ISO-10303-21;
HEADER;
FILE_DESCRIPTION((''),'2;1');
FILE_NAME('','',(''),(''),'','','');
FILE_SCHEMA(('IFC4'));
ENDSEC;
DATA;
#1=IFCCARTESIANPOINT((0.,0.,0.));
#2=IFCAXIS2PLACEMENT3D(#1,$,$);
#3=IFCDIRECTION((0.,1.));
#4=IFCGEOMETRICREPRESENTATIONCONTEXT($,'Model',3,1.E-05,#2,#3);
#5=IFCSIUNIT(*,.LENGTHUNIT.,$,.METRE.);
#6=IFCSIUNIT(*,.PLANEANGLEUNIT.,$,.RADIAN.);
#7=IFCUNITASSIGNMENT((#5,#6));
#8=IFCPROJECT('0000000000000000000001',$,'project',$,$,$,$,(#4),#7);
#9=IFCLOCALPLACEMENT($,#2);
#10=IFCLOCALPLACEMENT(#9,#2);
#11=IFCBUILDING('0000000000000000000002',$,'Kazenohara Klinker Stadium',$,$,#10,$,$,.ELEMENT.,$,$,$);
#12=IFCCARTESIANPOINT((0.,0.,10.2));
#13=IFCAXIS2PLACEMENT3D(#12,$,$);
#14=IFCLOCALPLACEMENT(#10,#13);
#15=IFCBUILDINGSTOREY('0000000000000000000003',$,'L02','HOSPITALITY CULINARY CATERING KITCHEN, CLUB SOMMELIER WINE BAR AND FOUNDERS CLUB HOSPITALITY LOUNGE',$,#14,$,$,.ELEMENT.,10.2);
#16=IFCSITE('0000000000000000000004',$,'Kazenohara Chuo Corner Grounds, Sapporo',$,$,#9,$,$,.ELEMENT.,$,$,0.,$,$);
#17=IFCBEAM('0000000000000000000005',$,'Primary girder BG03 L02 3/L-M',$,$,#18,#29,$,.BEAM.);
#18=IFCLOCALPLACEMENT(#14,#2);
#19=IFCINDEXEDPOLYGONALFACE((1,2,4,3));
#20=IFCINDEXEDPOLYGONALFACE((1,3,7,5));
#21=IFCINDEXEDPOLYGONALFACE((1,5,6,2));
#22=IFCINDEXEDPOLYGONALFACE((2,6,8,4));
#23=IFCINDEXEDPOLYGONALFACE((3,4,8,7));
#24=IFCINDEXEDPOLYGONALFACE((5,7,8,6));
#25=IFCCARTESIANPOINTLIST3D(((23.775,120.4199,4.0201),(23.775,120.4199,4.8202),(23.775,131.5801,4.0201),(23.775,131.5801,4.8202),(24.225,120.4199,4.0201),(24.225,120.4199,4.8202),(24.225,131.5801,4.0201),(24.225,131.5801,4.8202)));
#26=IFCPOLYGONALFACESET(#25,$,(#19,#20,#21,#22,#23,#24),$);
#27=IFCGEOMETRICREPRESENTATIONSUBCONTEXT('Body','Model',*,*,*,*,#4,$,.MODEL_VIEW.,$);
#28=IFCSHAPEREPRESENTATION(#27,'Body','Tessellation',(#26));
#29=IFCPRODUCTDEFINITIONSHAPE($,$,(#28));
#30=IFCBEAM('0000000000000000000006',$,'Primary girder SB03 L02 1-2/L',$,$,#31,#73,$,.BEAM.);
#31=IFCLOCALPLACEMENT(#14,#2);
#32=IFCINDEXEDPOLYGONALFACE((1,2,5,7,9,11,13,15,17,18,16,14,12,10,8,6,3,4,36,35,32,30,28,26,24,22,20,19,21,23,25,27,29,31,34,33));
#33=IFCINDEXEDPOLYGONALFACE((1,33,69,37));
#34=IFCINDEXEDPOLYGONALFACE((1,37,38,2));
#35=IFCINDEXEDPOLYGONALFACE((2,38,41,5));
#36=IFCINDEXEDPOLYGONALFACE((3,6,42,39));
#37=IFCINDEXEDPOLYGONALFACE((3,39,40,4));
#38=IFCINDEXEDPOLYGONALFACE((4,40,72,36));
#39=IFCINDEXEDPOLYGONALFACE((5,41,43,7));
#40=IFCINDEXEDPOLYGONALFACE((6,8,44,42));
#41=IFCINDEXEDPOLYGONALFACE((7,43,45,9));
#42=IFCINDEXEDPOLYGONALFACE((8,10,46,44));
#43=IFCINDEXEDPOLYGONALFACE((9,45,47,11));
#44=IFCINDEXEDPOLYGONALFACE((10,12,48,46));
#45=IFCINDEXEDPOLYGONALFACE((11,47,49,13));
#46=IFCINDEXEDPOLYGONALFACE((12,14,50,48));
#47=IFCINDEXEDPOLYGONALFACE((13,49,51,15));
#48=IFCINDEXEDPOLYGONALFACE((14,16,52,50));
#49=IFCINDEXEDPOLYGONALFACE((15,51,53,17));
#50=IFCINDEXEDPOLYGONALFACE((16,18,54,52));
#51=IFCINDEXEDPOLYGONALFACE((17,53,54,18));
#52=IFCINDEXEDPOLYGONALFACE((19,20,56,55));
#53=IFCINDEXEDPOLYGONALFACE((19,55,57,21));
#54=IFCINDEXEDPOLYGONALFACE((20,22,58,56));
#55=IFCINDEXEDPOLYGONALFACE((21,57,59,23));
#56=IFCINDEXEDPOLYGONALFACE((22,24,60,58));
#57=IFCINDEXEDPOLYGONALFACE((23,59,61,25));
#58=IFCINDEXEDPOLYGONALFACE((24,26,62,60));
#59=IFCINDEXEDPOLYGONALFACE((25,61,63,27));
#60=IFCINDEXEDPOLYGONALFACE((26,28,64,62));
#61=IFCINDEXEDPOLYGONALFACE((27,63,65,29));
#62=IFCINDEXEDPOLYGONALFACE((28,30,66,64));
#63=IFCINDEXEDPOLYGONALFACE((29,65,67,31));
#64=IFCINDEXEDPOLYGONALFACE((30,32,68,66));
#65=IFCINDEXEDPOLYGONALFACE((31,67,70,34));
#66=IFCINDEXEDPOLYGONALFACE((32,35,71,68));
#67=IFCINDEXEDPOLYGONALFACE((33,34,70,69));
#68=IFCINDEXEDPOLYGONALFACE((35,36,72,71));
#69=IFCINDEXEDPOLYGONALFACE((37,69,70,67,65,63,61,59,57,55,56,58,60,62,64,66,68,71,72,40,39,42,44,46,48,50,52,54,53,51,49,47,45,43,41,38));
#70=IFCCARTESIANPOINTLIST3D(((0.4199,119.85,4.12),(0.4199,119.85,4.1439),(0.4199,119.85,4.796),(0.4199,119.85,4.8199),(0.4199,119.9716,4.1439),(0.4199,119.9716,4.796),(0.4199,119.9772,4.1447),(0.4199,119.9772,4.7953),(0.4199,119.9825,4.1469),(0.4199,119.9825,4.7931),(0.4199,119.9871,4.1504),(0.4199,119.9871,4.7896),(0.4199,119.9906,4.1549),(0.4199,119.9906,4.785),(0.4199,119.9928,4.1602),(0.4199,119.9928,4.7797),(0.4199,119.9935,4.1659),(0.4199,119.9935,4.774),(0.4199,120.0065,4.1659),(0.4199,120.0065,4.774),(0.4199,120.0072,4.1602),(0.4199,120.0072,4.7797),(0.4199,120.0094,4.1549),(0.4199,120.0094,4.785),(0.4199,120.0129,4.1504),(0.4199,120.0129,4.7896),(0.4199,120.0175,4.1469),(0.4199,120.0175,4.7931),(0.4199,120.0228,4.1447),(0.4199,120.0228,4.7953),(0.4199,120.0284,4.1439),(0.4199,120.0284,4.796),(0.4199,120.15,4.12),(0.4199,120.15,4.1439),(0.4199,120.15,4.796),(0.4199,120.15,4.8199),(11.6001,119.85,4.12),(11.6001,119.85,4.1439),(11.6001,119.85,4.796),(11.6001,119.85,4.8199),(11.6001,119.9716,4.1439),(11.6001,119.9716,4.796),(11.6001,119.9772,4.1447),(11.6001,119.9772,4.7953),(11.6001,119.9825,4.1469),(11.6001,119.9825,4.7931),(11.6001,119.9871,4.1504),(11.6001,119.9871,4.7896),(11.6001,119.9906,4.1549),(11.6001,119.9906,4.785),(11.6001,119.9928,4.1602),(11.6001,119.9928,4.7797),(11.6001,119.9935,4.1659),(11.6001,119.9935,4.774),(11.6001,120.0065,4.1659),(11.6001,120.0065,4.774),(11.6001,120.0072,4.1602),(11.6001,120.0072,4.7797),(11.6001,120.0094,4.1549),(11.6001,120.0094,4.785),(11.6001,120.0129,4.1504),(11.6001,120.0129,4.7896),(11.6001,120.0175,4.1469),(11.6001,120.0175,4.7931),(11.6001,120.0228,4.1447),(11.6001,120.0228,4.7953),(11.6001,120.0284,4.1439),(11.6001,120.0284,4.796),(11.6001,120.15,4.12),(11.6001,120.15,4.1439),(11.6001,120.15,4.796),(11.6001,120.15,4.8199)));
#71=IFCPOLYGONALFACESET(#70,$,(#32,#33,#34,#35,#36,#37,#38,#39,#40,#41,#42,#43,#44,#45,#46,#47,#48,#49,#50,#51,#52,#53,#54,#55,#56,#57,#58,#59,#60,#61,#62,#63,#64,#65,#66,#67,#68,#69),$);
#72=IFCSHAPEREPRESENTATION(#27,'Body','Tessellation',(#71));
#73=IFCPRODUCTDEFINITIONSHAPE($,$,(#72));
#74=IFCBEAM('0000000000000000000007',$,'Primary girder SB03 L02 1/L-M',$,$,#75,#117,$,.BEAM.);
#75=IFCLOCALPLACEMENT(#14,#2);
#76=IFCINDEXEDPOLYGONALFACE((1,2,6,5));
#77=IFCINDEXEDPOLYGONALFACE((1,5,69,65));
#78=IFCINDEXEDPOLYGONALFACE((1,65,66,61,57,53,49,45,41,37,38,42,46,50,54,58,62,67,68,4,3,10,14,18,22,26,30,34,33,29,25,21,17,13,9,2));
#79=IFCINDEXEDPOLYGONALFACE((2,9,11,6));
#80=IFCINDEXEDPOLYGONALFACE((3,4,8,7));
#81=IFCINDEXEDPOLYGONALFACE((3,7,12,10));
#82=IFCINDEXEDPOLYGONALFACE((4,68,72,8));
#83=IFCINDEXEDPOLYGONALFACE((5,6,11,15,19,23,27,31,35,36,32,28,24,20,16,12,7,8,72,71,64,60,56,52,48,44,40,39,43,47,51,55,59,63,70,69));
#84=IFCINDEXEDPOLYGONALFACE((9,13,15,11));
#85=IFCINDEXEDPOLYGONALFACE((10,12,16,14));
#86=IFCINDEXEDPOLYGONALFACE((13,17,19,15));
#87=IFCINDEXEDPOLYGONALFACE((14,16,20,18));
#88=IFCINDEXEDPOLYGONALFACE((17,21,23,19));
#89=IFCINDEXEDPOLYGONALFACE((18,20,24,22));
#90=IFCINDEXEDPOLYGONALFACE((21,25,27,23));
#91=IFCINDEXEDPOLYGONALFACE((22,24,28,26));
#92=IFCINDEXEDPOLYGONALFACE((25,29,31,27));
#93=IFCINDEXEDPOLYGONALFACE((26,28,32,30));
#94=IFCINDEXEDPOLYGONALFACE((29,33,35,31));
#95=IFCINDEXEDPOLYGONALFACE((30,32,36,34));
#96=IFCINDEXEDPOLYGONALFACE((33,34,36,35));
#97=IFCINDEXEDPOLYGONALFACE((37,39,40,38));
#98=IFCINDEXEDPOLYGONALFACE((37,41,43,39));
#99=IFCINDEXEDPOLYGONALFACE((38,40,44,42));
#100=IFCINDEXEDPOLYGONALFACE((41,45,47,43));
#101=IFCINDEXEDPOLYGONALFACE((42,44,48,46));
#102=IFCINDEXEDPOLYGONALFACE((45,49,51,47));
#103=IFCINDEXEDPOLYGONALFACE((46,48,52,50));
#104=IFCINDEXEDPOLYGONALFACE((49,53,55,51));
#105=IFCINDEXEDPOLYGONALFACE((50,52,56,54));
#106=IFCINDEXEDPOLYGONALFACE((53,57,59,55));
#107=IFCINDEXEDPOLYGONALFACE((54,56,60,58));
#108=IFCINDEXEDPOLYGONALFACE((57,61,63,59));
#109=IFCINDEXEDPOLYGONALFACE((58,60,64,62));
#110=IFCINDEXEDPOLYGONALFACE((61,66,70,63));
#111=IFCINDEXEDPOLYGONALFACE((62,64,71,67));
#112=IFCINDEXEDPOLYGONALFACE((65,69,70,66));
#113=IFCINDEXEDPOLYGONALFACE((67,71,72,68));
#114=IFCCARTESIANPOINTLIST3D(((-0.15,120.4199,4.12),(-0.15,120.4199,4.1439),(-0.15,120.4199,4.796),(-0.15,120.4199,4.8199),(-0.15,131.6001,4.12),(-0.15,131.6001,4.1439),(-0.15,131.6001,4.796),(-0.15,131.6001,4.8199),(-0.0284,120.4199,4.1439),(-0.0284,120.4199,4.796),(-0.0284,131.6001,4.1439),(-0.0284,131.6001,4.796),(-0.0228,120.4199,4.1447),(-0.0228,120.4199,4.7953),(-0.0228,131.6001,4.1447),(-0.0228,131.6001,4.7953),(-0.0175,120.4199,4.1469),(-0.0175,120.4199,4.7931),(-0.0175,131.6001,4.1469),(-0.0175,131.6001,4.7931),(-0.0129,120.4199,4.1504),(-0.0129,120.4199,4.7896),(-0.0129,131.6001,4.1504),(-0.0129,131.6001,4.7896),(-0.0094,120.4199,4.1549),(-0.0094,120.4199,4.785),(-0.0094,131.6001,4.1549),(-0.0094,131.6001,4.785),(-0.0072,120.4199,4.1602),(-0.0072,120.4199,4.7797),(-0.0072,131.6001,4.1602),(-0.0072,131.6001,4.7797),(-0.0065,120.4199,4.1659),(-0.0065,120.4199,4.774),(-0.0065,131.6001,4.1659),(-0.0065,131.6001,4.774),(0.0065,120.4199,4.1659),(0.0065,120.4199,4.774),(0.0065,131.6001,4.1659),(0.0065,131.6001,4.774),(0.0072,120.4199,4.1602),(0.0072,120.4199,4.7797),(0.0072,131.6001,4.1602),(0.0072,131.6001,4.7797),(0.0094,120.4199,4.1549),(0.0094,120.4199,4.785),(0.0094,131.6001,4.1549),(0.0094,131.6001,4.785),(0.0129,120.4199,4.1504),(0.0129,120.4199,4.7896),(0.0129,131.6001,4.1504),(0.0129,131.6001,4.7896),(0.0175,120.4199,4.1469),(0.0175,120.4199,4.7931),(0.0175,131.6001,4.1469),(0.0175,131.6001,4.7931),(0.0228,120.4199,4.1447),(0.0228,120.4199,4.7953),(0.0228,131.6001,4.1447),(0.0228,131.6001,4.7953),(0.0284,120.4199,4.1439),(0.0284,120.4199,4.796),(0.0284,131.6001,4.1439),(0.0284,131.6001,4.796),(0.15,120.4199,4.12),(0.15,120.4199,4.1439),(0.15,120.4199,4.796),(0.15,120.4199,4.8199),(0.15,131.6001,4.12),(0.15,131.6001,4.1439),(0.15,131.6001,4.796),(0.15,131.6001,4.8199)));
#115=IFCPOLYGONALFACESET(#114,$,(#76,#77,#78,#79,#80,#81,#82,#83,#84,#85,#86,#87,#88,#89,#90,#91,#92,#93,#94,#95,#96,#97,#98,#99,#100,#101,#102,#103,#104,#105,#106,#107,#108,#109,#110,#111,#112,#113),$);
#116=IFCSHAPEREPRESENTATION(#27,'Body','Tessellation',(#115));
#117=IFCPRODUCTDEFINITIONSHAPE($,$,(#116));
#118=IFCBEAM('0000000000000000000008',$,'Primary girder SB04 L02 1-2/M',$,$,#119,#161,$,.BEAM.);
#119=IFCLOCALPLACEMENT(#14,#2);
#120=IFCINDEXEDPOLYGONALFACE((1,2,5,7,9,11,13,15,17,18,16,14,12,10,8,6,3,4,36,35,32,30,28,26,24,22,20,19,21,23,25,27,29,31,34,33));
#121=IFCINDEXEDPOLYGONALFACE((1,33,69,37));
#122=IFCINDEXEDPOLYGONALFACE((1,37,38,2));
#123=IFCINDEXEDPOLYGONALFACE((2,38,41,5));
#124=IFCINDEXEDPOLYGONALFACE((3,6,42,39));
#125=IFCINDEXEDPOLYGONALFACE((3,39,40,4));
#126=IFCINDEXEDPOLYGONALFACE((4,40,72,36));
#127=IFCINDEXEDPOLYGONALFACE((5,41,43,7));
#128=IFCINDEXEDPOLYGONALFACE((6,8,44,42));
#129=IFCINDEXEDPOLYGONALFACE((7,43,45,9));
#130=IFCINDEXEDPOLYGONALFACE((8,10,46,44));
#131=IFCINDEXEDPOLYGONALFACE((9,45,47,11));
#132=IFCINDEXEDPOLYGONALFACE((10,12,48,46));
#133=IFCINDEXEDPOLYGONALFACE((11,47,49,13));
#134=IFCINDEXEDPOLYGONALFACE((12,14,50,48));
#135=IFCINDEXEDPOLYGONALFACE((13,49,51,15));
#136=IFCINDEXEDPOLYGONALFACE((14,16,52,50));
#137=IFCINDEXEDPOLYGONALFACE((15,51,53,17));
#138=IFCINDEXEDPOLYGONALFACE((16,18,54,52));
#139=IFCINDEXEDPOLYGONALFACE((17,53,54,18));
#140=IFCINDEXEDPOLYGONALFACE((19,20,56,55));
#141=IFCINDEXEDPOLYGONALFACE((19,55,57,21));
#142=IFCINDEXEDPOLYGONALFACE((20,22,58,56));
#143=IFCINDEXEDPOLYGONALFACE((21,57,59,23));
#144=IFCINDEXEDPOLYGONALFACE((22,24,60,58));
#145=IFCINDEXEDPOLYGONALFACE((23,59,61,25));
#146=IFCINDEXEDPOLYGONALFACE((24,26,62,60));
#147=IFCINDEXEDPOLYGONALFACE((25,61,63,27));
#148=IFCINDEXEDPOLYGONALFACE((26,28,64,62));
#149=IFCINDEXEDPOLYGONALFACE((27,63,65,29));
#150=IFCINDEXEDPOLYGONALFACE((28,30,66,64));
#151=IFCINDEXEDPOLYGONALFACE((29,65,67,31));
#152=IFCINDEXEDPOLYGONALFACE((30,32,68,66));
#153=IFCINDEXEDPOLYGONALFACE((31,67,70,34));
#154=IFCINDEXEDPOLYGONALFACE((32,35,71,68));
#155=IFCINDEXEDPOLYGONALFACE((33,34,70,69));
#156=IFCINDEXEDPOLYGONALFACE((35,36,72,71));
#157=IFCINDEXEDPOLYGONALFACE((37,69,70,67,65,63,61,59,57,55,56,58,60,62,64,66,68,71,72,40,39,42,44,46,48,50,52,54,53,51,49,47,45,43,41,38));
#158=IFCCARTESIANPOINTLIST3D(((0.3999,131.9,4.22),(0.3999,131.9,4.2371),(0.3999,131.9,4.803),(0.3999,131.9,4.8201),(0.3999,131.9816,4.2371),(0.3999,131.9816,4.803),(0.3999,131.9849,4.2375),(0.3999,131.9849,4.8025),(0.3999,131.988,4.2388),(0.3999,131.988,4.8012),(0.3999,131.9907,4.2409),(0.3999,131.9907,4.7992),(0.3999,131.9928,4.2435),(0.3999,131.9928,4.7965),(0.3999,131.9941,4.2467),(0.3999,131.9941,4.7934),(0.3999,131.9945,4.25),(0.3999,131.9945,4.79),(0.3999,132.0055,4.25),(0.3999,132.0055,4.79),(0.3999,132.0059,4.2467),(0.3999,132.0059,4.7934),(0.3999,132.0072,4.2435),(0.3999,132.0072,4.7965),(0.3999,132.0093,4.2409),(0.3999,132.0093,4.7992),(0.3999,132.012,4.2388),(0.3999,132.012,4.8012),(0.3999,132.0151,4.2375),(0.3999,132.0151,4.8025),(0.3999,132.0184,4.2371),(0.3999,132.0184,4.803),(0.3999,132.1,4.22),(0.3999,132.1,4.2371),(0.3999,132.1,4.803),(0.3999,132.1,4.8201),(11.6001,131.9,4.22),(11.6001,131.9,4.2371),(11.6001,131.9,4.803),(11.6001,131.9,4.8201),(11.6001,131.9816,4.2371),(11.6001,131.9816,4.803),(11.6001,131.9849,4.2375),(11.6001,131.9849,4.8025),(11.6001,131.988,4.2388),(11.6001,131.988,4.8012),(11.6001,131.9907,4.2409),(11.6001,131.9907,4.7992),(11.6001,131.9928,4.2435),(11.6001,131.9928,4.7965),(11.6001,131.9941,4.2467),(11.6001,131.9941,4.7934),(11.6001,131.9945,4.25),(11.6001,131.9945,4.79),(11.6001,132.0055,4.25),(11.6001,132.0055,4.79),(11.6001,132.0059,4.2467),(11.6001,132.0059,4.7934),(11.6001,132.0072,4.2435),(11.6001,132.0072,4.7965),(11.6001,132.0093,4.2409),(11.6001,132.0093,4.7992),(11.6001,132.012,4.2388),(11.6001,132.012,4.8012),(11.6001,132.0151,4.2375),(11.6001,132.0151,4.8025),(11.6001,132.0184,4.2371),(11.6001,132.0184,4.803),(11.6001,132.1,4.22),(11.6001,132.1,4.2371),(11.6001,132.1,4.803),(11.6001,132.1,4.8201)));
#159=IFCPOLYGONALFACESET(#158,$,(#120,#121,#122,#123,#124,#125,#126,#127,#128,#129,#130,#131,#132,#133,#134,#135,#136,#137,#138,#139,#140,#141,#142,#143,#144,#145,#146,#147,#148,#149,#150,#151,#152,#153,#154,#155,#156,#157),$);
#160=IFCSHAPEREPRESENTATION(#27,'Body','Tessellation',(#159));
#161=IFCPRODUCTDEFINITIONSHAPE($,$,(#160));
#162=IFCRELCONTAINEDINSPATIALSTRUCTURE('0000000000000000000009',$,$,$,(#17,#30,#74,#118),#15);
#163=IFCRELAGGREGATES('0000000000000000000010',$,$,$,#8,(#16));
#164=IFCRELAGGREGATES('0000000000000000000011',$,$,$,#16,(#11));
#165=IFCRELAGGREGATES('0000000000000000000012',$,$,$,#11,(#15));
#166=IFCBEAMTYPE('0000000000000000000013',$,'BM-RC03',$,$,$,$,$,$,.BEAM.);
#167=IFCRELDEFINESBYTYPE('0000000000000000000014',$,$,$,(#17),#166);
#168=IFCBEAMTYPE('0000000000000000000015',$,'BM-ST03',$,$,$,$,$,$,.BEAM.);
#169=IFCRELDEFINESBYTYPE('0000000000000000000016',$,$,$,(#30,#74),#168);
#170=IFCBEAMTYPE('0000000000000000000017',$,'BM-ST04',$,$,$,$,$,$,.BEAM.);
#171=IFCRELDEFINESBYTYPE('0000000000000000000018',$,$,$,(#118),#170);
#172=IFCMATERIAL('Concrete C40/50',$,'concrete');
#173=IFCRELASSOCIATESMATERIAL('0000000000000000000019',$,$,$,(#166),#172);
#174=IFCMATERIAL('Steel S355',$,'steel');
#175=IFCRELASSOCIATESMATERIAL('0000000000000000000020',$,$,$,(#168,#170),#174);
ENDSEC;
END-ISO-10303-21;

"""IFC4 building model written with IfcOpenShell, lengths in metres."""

from ifc_helpers import new_model, si_unit, direction, frame, origin, origin_2d, place, context, subcontext, project, spatial, rectangle, i_section, extrude, material, material_profile, profile_set, type_object, element, save


model = new_model("IFC4")

# Units and contexts
model_context = context("Model", 3, precision=1e-05, world=origin(), true_north=direction((0.0, 1.0)))
body_context = subcontext(model_context, "Body", "Model", "MODEL_VIEW")
ifc_project = project(units=[si_unit("LENGTHUNIT", "METRE"), si_unit("PLANEANGLEUNIT", "RADIAN")], contexts=[model_context])

# Site, building, storey
site_placement = place(None, origin())
site = spatial("IfcSite", under=ifc_project, at=site_placement, Name="Kazenohara Chuo Corner Grounds, Sapporo", CompositionType="ELEMENT", RefElevation=0.0)
building_placement = place(site_placement, origin())
building = spatial("IfcBuilding", under=site, at=building_placement, Name="Kazenohara Klinker Stadium", CompositionType="ELEMENT")
storey_placement = place(building_placement, frame((0.0, 0.0, 10.2)))
storey = spatial("IfcBuildingStorey", under=building, at=storey_placement, Name="L02", Description="HOSPITALITY CULINARY CATERING KITCHEN, CLUB SOMMELIER WINE BAR AND FOUNDERS CLUB HOSPITALITY LOUNGE", CompositionType="ELEMENT", Elevation=10.2)

# Shared definitions
ifc_material_1 = material(Name="Concrete C40/50", Category="concrete")

# Beams
ifc_material_2 = material(Name="Steel S355", Category="steel")
ifc_material_profile_1 = material_profile(ifc_material_1, rectangle(XDim=0.45, YDim=0.8, at=origin_2d()), Name="RC-BM-450x800")
ifc_profile_set_1 = profile_set([ifc_material_profile_1], Name="Concrete C40/50")
beam_type_1 = type_object("IfcBeamType", Name="BM-RC03", PredefinedType="BEAM", material=ifc_profile_set_1)
beam_1_placement = place(storey_placement, frame((24.0, 120.4199, 4.4202), z_axis=(0.0, 1.0, 0.0), x_axis=(-1.0, 0.0, 0.0)))
element("IfcBeam", 1, at=beam_1_placement, inside=storey, type_object=beam_type_1, Name="Primary girder BG03 L02 3/L-M", PredefinedType="BEAM", context=body_context, shape_type="SweptSolid", body=[
    extrude(rectangle(XDim=0.45, YDim=0.8, at=origin_2d()), origin(), (0.0, 0.0, 1.0), 11.1602),
])
ifc_material_profile_2 = material_profile(ifc_material_2, i_section(OverallWidth=0.3, OverallDepth=0.7, WebThickness=0.0129, FlangeThickness=0.0239, FilletRadius=0.022, at=origin_2d()), Name="H-700x300x13x24")
ifc_profile_set_2 = profile_set([ifc_material_profile_2], Name="Steel S355")
beam_type_2 = type_object("IfcBeamType", Name="BM-ST03", PredefinedType="BEAM", material=ifc_profile_set_2)
for number, where, z_axis, x_axis, name in (
    (2, (0.4199, 120.0, 4.47), (1.0, 0.0, 0.0), (0.0, 1.0, 0.0), "Primary girder SB03 L02 1-2/L"),
    (3, (0.0, 120.4199, 4.47), (0.0, 1.0, 0.0), (-1.0, 0.0, 0.0), "Primary girder SB03 L02 1/L-M"),
):
    element("IfcBeam", number, at=place(storey_placement, frame(where, z_axis=z_axis, x_axis=x_axis)), inside=storey, type_object=beam_type_2, Name=name, PredefinedType="BEAM", context=body_context, shape_type="SweptSolid", body=[
        extrude(i_section(OverallWidth=0.3, OverallDepth=0.7, WebThickness=0.0129, FlangeThickness=0.0239, FilletRadius=0.022, at=origin_2d()), origin(), (0.0, 0.0, 1.0), 11.1802),
    ])
ifc_material_profile_3 = material_profile(ifc_material_2, i_section(OverallWidth=0.2, OverallDepth=0.6001, WebThickness=0.011, FlangeThickness=0.0171, FilletRadius=0.0129, at=origin_2d()), Name="H-600x200x11x17")
ifc_profile_set_3 = profile_set([ifc_material_profile_3], Name="Steel S355")
beam_type_3 = type_object("IfcBeamType", Name="BM-ST04", PredefinedType="BEAM", material=ifc_profile_set_3)
for number, where, z_axis, x_axis, name in (
    (4, (0.3999, 132.0, 4.52), (1.0, 0.0, 0.0), (0.0, 1.0, 0.0), "Primary girder SB04 L02 1-2/M"),
):
    element("IfcBeam", number, at=place(storey_placement, frame(where, z_axis=z_axis, x_axis=x_axis)), inside=storey, type_object=beam_type_3, Name=name, PredefinedType="BEAM", context=body_context, shape_type="SweptSolid", body=[
        extrude(i_section(OverallWidth=0.2, OverallDepth=0.6001, WebThickness=0.011, FlangeThickness=0.0171, FilletRadius=0.0129, at=origin_2d()), origin(), (0.0, 0.0, 1.0), 11.2002),
    ])

save(model, "model.ifc")
